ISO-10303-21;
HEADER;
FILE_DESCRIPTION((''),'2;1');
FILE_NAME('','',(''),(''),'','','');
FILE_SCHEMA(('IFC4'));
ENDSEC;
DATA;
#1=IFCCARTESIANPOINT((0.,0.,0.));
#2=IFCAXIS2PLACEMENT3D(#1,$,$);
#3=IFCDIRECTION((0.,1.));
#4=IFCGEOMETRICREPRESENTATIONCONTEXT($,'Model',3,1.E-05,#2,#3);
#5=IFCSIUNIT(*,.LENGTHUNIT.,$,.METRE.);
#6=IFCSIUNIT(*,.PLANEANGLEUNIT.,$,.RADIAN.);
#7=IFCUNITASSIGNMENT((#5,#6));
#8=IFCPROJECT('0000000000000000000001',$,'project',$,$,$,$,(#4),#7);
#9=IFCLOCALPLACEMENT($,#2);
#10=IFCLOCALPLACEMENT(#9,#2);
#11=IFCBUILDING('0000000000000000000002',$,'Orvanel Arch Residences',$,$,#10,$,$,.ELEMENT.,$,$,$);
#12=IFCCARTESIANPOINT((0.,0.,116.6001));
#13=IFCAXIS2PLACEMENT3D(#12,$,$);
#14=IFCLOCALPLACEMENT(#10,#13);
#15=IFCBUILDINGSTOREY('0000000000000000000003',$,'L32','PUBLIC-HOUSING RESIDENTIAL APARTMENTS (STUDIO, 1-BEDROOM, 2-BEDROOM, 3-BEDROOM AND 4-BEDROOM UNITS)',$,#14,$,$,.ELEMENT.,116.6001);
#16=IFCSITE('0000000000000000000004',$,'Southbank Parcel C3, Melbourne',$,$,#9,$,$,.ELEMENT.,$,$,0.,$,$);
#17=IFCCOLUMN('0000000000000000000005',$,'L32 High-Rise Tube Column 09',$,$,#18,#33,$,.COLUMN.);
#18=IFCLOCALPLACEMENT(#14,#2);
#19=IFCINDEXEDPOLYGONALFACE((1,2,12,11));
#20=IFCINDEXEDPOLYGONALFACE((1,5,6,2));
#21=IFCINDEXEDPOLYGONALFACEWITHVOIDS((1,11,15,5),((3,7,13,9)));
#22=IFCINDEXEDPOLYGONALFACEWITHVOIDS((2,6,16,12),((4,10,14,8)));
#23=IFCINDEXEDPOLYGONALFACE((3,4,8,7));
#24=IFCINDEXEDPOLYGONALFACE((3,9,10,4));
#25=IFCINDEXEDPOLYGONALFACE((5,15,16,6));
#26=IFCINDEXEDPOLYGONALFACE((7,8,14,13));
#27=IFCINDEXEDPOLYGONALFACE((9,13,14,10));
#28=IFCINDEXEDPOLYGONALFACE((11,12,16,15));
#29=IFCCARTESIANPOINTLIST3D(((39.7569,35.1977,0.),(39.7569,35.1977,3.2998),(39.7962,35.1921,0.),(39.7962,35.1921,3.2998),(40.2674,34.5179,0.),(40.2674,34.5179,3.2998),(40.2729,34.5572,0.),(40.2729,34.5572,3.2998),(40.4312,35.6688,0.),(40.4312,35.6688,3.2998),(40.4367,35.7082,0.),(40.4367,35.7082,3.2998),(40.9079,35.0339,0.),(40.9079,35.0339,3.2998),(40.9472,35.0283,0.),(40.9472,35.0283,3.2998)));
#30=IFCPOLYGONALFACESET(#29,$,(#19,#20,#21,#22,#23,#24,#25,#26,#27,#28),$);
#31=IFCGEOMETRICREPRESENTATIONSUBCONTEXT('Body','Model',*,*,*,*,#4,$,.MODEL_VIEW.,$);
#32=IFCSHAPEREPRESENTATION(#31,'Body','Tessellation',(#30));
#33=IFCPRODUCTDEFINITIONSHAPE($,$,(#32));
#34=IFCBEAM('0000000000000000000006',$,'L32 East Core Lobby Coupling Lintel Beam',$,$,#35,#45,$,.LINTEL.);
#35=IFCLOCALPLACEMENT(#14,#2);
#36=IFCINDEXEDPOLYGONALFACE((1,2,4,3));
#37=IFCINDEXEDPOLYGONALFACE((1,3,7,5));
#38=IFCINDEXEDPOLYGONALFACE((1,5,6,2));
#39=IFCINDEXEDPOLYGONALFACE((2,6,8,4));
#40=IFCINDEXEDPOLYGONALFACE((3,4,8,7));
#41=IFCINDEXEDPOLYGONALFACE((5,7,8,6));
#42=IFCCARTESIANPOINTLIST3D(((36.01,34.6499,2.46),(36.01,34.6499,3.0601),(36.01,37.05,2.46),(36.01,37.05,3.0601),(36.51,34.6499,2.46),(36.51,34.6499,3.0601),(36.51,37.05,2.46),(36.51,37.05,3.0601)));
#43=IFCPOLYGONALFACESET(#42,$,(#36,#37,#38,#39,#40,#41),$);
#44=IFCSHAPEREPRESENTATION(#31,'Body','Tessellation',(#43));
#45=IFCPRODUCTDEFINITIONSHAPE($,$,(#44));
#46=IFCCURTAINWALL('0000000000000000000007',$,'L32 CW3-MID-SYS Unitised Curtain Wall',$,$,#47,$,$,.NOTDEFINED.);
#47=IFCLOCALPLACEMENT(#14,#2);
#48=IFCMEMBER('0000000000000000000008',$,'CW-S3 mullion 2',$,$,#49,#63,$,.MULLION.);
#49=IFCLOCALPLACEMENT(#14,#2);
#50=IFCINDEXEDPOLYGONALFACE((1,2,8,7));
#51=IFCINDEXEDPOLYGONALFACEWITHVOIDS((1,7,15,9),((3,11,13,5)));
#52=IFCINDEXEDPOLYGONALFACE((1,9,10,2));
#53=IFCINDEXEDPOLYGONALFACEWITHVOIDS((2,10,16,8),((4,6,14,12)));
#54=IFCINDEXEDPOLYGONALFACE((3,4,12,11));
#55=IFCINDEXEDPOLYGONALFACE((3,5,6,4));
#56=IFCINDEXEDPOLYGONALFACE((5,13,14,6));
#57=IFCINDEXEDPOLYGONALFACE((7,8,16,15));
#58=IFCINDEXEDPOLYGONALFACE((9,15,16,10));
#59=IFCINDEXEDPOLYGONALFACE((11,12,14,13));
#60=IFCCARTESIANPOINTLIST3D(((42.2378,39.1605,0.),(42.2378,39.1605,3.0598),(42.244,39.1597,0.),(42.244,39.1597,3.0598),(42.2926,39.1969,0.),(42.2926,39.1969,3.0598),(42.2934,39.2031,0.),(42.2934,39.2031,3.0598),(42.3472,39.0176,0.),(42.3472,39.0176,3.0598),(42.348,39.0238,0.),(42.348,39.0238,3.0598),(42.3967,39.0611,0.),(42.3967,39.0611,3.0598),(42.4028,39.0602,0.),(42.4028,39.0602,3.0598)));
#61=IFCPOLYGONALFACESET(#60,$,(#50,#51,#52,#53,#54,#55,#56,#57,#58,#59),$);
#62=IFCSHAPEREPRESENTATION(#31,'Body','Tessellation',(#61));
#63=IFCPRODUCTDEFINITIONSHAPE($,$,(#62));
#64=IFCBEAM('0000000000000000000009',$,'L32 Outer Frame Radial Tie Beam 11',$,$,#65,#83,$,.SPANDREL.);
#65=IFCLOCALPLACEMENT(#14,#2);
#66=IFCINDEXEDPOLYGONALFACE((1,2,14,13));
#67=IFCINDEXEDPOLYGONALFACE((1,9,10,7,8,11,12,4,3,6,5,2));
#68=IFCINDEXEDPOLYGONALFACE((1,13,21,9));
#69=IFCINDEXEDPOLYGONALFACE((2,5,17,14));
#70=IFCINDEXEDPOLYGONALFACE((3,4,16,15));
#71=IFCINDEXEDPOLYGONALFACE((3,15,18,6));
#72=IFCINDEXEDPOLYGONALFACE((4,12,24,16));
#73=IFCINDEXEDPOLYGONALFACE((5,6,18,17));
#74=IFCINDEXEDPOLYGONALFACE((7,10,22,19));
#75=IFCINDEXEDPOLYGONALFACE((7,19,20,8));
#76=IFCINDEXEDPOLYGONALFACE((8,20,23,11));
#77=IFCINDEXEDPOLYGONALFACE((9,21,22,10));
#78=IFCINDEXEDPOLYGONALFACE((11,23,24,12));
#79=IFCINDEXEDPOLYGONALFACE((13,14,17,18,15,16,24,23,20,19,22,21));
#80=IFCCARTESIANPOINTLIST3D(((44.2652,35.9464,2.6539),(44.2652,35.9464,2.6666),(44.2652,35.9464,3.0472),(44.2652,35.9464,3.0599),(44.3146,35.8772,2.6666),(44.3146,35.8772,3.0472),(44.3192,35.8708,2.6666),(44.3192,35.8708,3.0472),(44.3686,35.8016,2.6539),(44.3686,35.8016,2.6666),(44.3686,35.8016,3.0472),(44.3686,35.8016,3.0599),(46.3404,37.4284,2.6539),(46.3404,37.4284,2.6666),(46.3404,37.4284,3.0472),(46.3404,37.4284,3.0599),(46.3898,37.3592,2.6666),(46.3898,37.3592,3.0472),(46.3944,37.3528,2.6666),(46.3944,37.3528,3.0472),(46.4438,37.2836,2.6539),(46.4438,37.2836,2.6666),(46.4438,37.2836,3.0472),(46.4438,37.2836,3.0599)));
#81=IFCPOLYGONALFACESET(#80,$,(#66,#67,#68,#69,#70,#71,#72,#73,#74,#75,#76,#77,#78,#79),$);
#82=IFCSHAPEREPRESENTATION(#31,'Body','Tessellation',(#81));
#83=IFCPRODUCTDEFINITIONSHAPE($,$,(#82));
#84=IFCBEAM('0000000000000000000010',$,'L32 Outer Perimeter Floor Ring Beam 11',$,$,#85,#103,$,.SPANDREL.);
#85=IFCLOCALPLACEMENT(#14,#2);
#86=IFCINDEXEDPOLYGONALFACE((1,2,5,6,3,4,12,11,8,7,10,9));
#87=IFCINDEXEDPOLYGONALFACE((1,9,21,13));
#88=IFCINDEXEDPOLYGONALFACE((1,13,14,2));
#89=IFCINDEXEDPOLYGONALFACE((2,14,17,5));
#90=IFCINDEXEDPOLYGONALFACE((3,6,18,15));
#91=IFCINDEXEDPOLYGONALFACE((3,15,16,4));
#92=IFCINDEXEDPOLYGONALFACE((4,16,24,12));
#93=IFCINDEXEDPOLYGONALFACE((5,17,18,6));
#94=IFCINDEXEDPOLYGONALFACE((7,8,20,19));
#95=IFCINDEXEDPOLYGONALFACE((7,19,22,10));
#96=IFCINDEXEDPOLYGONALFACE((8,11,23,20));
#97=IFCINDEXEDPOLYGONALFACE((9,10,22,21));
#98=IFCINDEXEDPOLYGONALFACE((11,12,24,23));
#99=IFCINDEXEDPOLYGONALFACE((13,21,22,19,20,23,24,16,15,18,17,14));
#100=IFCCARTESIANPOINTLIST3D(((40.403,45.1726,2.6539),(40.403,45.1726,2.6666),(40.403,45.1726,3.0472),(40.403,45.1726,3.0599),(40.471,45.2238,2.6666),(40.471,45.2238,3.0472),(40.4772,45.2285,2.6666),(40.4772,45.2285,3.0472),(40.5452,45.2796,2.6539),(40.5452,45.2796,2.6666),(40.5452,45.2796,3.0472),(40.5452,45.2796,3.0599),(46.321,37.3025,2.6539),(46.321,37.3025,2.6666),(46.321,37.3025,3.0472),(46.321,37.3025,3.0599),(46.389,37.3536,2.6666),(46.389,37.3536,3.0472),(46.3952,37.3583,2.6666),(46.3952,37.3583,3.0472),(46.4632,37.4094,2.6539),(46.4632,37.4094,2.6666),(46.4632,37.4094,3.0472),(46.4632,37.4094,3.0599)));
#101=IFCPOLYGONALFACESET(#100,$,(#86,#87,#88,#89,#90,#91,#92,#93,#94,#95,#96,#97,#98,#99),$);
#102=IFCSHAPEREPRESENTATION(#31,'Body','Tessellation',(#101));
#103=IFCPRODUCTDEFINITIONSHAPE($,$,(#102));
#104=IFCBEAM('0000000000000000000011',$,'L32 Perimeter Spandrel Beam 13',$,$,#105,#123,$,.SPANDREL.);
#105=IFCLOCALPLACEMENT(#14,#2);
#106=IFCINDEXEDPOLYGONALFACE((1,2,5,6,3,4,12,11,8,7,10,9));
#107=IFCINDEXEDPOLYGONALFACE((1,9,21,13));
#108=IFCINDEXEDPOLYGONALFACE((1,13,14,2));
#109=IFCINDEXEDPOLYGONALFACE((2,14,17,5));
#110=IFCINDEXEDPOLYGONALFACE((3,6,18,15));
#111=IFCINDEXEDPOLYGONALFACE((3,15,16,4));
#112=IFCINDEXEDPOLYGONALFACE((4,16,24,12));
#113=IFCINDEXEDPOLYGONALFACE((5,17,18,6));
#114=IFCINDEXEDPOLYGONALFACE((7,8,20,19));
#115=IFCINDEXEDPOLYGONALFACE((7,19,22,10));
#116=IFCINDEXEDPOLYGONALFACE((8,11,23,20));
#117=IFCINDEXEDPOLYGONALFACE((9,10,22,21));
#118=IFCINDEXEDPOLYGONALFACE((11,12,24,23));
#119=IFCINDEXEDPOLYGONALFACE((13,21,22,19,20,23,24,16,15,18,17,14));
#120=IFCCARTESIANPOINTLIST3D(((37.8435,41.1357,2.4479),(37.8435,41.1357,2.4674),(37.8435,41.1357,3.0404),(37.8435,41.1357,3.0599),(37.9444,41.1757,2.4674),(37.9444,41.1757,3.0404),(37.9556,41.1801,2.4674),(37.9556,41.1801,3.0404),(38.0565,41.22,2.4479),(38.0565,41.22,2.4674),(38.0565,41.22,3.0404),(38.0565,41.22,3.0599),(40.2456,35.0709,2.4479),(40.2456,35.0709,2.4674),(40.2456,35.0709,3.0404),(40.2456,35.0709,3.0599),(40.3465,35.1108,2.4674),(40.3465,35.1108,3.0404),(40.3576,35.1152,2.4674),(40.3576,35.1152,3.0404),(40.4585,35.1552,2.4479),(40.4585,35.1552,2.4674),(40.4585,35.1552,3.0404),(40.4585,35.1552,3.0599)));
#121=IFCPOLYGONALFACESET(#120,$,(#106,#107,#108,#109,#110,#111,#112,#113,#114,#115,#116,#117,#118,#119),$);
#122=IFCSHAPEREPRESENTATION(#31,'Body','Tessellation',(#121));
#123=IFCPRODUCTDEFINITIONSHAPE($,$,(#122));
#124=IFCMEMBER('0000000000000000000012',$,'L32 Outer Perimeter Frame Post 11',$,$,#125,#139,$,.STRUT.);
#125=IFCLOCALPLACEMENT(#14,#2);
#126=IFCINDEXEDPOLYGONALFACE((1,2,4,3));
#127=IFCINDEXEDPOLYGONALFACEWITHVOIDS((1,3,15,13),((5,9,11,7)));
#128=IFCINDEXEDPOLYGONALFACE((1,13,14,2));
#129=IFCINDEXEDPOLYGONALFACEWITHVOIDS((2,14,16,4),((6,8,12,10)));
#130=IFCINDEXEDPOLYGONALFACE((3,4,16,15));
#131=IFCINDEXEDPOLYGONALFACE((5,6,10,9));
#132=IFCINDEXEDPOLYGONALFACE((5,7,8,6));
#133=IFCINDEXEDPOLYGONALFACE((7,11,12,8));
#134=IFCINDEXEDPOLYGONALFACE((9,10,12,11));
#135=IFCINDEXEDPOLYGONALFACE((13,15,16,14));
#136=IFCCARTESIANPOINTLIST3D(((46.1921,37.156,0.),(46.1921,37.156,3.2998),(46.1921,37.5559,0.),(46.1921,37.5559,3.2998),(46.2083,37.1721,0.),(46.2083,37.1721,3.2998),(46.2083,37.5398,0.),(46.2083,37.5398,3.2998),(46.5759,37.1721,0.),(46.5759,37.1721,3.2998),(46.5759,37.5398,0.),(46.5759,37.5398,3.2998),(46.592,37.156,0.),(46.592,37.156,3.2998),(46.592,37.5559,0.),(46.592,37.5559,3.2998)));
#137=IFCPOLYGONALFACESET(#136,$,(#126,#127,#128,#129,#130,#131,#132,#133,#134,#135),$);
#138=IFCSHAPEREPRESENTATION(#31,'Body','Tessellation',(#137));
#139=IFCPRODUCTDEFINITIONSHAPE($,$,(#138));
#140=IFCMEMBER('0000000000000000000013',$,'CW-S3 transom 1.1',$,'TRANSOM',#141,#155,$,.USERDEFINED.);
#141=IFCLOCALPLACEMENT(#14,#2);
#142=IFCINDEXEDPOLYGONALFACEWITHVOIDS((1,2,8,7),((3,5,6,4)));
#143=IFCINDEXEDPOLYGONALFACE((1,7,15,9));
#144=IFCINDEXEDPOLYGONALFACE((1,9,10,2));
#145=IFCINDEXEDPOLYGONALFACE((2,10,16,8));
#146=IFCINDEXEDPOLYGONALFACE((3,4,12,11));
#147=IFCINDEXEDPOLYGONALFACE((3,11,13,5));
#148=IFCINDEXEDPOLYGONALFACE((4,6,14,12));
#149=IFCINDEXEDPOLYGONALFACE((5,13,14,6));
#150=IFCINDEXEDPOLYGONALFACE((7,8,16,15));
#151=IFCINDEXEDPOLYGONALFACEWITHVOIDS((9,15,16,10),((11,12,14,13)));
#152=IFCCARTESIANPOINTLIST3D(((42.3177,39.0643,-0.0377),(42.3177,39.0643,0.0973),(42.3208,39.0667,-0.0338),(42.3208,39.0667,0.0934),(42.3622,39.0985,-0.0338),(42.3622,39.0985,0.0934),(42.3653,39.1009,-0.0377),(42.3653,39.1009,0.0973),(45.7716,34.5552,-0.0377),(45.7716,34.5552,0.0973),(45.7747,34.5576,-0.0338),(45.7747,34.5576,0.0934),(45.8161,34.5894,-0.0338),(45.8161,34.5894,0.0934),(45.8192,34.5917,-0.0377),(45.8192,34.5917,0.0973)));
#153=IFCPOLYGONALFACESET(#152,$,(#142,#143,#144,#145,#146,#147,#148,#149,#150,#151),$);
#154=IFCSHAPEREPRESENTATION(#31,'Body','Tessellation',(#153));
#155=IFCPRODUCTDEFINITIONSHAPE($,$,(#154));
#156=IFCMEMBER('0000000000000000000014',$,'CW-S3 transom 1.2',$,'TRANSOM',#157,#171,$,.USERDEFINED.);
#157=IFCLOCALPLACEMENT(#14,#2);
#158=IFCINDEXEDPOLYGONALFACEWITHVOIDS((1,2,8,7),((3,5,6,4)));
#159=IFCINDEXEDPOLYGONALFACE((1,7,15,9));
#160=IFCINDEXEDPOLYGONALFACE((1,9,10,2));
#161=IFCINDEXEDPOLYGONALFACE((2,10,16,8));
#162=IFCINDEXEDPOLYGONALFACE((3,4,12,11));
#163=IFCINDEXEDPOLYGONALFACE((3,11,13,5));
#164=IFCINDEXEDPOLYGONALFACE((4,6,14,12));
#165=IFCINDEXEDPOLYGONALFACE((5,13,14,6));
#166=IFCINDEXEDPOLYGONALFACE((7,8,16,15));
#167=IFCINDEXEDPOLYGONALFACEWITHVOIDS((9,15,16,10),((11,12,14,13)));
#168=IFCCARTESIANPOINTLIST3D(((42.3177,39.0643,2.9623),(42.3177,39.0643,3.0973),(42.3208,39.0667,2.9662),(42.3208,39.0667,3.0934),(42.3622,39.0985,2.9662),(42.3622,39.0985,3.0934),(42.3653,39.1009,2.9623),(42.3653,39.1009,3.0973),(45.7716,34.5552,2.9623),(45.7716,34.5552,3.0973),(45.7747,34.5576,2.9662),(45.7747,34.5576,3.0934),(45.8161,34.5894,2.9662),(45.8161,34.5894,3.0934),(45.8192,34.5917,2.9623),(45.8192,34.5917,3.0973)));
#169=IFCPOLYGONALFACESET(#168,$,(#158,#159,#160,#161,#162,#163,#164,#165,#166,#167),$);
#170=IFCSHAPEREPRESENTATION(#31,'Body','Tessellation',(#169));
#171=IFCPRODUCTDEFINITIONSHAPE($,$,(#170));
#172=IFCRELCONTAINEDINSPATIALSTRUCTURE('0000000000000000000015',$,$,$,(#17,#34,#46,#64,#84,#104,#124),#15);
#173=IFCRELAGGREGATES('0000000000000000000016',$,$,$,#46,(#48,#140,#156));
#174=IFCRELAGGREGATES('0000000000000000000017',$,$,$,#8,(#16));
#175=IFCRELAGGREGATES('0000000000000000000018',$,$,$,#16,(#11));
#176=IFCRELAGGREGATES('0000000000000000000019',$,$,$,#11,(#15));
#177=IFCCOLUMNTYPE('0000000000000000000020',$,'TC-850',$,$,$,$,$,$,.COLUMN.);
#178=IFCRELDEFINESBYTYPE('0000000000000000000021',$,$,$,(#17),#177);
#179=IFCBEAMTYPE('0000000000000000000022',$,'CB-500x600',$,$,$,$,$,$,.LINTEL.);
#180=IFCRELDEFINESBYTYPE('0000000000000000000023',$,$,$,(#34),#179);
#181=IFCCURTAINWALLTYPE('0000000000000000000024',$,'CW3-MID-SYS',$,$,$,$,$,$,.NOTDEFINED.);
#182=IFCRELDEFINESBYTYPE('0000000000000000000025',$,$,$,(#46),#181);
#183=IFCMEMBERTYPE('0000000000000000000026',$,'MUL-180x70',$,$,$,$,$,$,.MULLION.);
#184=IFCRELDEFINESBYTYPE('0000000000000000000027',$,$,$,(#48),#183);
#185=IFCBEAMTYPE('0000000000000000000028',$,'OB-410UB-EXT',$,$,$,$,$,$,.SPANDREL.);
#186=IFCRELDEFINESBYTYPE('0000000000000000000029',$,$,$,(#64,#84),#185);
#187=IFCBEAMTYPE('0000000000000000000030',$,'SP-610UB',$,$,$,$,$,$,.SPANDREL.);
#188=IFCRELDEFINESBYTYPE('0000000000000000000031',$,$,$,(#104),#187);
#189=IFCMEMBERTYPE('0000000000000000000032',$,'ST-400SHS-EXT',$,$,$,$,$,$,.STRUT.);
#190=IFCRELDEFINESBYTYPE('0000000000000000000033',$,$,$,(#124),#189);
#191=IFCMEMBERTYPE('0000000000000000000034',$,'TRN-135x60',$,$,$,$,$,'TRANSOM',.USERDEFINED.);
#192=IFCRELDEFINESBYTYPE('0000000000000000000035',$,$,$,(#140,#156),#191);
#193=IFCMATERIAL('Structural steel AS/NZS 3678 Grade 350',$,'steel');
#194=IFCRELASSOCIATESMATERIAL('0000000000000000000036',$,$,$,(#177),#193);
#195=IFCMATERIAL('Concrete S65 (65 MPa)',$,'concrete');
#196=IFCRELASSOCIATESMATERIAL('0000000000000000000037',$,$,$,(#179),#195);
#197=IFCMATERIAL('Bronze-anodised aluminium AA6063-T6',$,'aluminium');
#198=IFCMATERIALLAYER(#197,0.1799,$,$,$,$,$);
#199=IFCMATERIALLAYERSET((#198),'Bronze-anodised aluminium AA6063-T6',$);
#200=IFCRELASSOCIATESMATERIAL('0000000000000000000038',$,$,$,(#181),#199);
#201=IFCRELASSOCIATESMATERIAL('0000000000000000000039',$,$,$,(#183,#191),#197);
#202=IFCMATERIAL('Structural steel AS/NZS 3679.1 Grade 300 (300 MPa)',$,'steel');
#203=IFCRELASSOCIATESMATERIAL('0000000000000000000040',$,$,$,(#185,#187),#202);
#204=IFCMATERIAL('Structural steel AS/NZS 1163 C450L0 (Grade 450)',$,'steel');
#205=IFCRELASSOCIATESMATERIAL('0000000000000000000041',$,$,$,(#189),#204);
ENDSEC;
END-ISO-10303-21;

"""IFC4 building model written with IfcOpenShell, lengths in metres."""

from ifc_helpers import new_model, si_unit, direction, frame, origin, origin_2d, place, context, subcontext, project, spatial, rectangle, hollow_rectangle, i_section, extrude, material, layer, layer_set, material_profile, profile_set, type_object, element, aggregate, save


model = new_model("IFC4")

# Units and contexts
model_context = context("Model", 3, precision=1e-05, world=origin(), true_north=direction((0.0, 1.0)))
body_context = subcontext(model_context, "Body", "Model", "MODEL_VIEW")
ifc_project = project(units=[si_unit("LENGTHUNIT", "METRE"), si_unit("PLANEANGLEUNIT", "RADIAN")], contexts=[model_context])

# Site, building, storey
site_placement = place(None, origin())
site = spatial("IfcSite", under=ifc_project, at=site_placement, Name="Southbank Parcel C3, Melbourne", CompositionType="ELEMENT", RefElevation=0.0)
building_placement = place(site_placement, origin())
building = spatial("IfcBuilding", under=site, at=building_placement, Name="Orvanel Arch Residences", CompositionType="ELEMENT")
storey_placement = place(building_placement, frame((0.0, 0.0, 116.6001)))
storey = spatial("IfcBuildingStorey", under=building, at=storey_placement, Name="L32", Description="PUBLIC-HOUSING RESIDENTIAL APARTMENTS (STUDIO, 1-BEDROOM, 2-BEDROOM, 3-BEDROOM AND 4-BEDROOM UNITS)", CompositionType="ELEMENT", Elevation=116.6001)

# Column
ifc_material_1 = material(Name="Structural steel AS/NZS 3678 Grade 350", Category="steel")
ifc_material_profile_1 = material_profile(ifc_material_1, hollow_rectangle(XDim=0.8501, YDim=0.8501, WallThickness=0.0281, at=origin_2d()), Name="BOX850x850x28")
ifc_profile_set_1 = profile_set([ifc_material_profile_1], Name="Structural steel AS/NZS 3678 Grade 350")
column_type = type_object("IfcColumnType", Name="TC-850", PredefinedType="COLUMN", material=ifc_profile_set_1)
column_placement = place(storey_placement, frame((40.3521, 35.113, 0.0), z_axis=(0.0, 0.0, 1.0), x_axis=(-0.60042, 0.799685, 0.0)))
element("IfcColumn", 1, at=column_placement, inside=storey, type_object=column_type, Name="L32 High-Rise Tube Column 09", PredefinedType="COLUMN", context=body_context, shape_type="SweptSolid", body=[
    extrude(hollow_rectangle(XDim=0.8501, YDim=0.8501, WallThickness=0.0281, at=origin_2d()), origin(), (0.0, 0.0, 1.0), 3.2998),
])

# Beam
ifc_material_2 = material(Name="Concrete S65 (65 MPa)", Category="concrete")
ifc_material_profile_2 = material_profile(ifc_material_2, rectangle(XDim=0.5, YDim=0.6001, at=origin_2d()), Name="RC500x600")
ifc_profile_set_2 = profile_set([ifc_material_profile_2], Name="Concrete S65 (65 MPa)")
beam_type_1 = type_object("IfcBeamType", Name="CB-500x600", PredefinedType="LINTEL", material=ifc_profile_set_2)
beam_1_placement = place(storey_placement, frame((36.26, 34.6499, 2.76), z_axis=(0.0, 1.0, 0.0), x_axis=(-1.0, 0.0, 0.0)))
element("IfcBeam", 2, at=beam_1_placement, inside=storey, type_object=beam_type_1, Name="L32 East Core Lobby Coupling Lintel Beam", PredefinedType="LINTEL", context=body_context, shape_type="SweptSolid", body=[
    extrude(rectangle(XDim=0.5, YDim=0.6001, at=origin_2d()), origin(), (0.0, 0.0, 1.0), 2.4001),
])

# Curtain wall, member
ifc_material_3 = material(Name="Bronze-anodised aluminium AA6063-T6", Category="aluminium")
ifc_layer_1 = layer(ifc_material_3, 0.1799)
ifc_layer_set_1 = layer_set([ifc_layer_1], Name="Bronze-anodised aluminium AA6063-T6")
curtain_wall_type = type_object("IfcCurtainWallType", Name="CW3-MID-SYS", PredefinedType="NOTDEFINED", material=ifc_layer_set_1)
curtain_wall_placement = place(storey_placement, origin())
curtain_wall = element("IfcCurtainWall", 3, at=curtain_wall_placement, inside=storey, type_object=curtain_wall_type, Name="L32 CW3-MID-SYS Unitised Curtain Wall", PredefinedType="NOTDEFINED")
ifc_material_profile_3 = material_profile(ifc_material_3, hollow_rectangle(XDim=0.0701, YDim=0.1799, WallThickness=0.0044, at=origin_2d()), Name="ALU180x70x4.5")
ifc_profile_set_3 = profile_set([ifc_material_profile_3], Name="Bronze-anodised aluminium AA6063-T6")
member_type_1 = type_object("IfcMemberType", Name="MUL-180x70", PredefinedType="MULLION", material=ifc_profile_set_3)
member_1_placement = place(storey_placement, frame((42.3203, 39.1104, 0.0), z_axis=(0.0, 0.0, 1.0), x_axis=(-0.793867, -0.608092, 0.0)))
member_1 = element("IfcMember", 4, at=member_1_placement, type_object=member_type_1, Name="CW-S3 mullion 2", PredefinedType="MULLION", context=body_context, shape_type="SweptSolid", body=[
    extrude(hollow_rectangle(XDim=0.0701, YDim=0.1799, WallThickness=0.0044, at=origin_2d()), origin(), (0.0, 0.0, 1.0), 3.0598),
])

# Beams
ifc_material_4 = material(Name="Structural steel AS/NZS 3679.1 Grade 300 (300 MPa)", Category="steel")
ifc_material_profile_4 = material_profile(ifc_material_4, i_section(OverallWidth=0.178, OverallDepth=0.406, WebThickness=0.0078, FlangeThickness=0.0127, at=origin_2d()), Name="410UB59.7")
ifc_profile_set_4 = profile_set([ifc_material_profile_4], Name="Structural steel AS/NZS 3679.1 Grade 300 (300 MPa)")
beam_type_2 = type_object("IfcBeamType", Name="OB-410UB-EXT", PredefinedType="SPANDREL", material=ifc_profile_set_4)
beam_2_placement = place(storey_placement, frame((44.3169, 35.874, 2.8569), z_axis=(0.813798, 0.581148, 0.0), x_axis=(-0.581148, 0.813798, 0.0)))
element("IfcBeam", 5, at=beam_2_placement, inside=storey, type_object=beam_type_2, Name="L32 Outer Frame Radial Tie Beam 11", PredefinedType="SPANDREL", context=body_context, shape_type="SweptSolid", body=[
    extrude(i_section(OverallWidth=0.178, OverallDepth=0.406, WebThickness=0.0078, FlangeThickness=0.0127, at=origin_2d()), origin(), (0.0, 0.0, 1.0), 2.55),
])
beam_3_placement = place(storey_placement, frame((46.3921, 37.356, 2.8569), z_axis=(-0.600999, 0.79925, 0.0), x_axis=(-0.79925, -0.600999, 0.0)))
element("IfcBeam", 6, at=beam_3_placement, inside=storey, type_object=beam_type_2, Name="L32 Outer Perimeter Floor Ring Beam 11", PredefinedType="SPANDREL", context=body_context, shape_type="SweptSolid", body=[
    extrude(i_section(OverallWidth=0.178, OverallDepth=0.406, WebThickness=0.0078, FlangeThickness=0.0127, at=origin_2d()), origin(), (0.0, 0.0, 1.0), 9.8469),
])
ifc_material_profile_5 = material_profile(ifc_material_4, i_section(OverallWidth=0.229, OverallDepth=0.6121, WebThickness=0.012, FlangeThickness=0.0195, at=origin_2d()), Name="610UB125")
ifc_profile_set_5 = profile_set([ifc_material_profile_5], Name="Structural steel AS/NZS 3679.1 Grade 300 (300 MPa)")
beam_type_3 = type_object("IfcBeamType", Name="SP-610UB", PredefinedType="SPANDREL", material=ifc_profile_set_5)
beam_4_placement = place(storey_placement, frame((40.3521, 35.113, 2.7539), z_axis=(-0.368233, 0.929733, 0.0), x_axis=(-0.929733, -0.368233, 0.0)))
element("IfcBeam", 7, at=beam_4_placement, inside=storey, type_object=beam_type_3, Name="L32 Perimeter Spandrel Beam 13", PredefinedType="SPANDREL", context=body_context, shape_type="SweptSolid", body=[
    extrude(i_section(OverallWidth=0.229, OverallDepth=0.6121, WebThickness=0.012, FlangeThickness=0.0195, at=origin_2d()), origin(), (0.0, 0.0, 1.0), 6.5232),
])

# Members
ifc_material_5 = material(Name="Structural steel AS/NZS 1163 C450L0 (Grade 450)", Category="steel")
ifc_material_profile_6 = material_profile(ifc_material_5, hollow_rectangle(XDim=0.3999, YDim=0.3999, WallThickness=0.0161, at=origin_2d()), Name="SHS400x400x16")
ifc_profile_set_6 = profile_set([ifc_material_profile_6], Name="Structural steel AS/NZS 1163 C450L0 (Grade 450)")
member_type_2 = type_object("IfcMemberType", Name="ST-400SHS-EXT", PredefinedType="STRUT", material=ifc_profile_set_6)
member_2_placement = place(storey_placement, frame((46.3921, 37.356, 0.0), z_axis=(0.0, 0.0, 1.0), x_axis=(1.0, 0.0, 0.0)))
element("IfcMember", 8, at=member_2_placement, inside=storey, type_object=member_type_2, Name="L32 Outer Perimeter Frame Post 11", PredefinedType="STRUT", context=body_context, shape_type="SweptSolid", body=[
    extrude(hollow_rectangle(XDim=0.3999, YDim=0.3999, WallThickness=0.0161, at=origin_2d()), origin(), (0.0, 0.0, 1.0), 3.2998),
])
ifc_material_profile_7 = material_profile(ifc_material_3, hollow_rectangle(XDim=0.0601, YDim=0.135, WallThickness=0.0039, at=origin_2d()), Name="ALU135x60x4")
ifc_profile_set_7 = profile_set([ifc_material_profile_7], Name="Bronze-anodised aluminium AA6063-T6")
member_type_3 = type_object("IfcMemberType", Name="TRN-135x60", ElementType="TRANSOM", PredefinedType="USERDEFINED", material=ifc_profile_set_7)
member_3_placement = place(storey_placement, frame((45.7954, 34.5735, 0.0298), z_axis=(-0.608091, 0.793867, 0.0), x_axis=(-0.793867, -0.608091, 0.0)))
member_3 = element("IfcMember", 9, at=member_3_placement, type_object=member_type_3, Name="CW-S3 transom 1.1", ObjectType="TRANSOM", PredefinedType="USERDEFINED", context=body_context, shape_type="SweptSolid", body=[
    extrude(hollow_rectangle(XDim=0.0601, YDim=0.135, WallThickness=0.0039, at=origin_2d()), origin(), (0.0, 0.0, 1.0), 5.6799),
])
member_4_placement = place(storey_placement, frame((45.7954, 34.5735, 3.0298), z_axis=(-0.608091, 0.793867, 0.0), x_axis=(-0.793867, -0.608091, 0.0)))
member_4 = element("IfcMember", 10, at=member_4_placement, type_object=member_type_3, Name="CW-S3 transom 1.2", ObjectType="TRANSOM", PredefinedType="USERDEFINED", context=body_context, shape_type="SweptSolid", body=[
    extrude(hollow_rectangle(XDim=0.0601, YDim=0.135, WallThickness=0.0039, at=origin_2d()), origin(), (0.0, 0.0, 1.0), 5.6799),
])

aggregate(curtain_wall, [member_1, member_3, member_4])

save(model, "model.ifc")
